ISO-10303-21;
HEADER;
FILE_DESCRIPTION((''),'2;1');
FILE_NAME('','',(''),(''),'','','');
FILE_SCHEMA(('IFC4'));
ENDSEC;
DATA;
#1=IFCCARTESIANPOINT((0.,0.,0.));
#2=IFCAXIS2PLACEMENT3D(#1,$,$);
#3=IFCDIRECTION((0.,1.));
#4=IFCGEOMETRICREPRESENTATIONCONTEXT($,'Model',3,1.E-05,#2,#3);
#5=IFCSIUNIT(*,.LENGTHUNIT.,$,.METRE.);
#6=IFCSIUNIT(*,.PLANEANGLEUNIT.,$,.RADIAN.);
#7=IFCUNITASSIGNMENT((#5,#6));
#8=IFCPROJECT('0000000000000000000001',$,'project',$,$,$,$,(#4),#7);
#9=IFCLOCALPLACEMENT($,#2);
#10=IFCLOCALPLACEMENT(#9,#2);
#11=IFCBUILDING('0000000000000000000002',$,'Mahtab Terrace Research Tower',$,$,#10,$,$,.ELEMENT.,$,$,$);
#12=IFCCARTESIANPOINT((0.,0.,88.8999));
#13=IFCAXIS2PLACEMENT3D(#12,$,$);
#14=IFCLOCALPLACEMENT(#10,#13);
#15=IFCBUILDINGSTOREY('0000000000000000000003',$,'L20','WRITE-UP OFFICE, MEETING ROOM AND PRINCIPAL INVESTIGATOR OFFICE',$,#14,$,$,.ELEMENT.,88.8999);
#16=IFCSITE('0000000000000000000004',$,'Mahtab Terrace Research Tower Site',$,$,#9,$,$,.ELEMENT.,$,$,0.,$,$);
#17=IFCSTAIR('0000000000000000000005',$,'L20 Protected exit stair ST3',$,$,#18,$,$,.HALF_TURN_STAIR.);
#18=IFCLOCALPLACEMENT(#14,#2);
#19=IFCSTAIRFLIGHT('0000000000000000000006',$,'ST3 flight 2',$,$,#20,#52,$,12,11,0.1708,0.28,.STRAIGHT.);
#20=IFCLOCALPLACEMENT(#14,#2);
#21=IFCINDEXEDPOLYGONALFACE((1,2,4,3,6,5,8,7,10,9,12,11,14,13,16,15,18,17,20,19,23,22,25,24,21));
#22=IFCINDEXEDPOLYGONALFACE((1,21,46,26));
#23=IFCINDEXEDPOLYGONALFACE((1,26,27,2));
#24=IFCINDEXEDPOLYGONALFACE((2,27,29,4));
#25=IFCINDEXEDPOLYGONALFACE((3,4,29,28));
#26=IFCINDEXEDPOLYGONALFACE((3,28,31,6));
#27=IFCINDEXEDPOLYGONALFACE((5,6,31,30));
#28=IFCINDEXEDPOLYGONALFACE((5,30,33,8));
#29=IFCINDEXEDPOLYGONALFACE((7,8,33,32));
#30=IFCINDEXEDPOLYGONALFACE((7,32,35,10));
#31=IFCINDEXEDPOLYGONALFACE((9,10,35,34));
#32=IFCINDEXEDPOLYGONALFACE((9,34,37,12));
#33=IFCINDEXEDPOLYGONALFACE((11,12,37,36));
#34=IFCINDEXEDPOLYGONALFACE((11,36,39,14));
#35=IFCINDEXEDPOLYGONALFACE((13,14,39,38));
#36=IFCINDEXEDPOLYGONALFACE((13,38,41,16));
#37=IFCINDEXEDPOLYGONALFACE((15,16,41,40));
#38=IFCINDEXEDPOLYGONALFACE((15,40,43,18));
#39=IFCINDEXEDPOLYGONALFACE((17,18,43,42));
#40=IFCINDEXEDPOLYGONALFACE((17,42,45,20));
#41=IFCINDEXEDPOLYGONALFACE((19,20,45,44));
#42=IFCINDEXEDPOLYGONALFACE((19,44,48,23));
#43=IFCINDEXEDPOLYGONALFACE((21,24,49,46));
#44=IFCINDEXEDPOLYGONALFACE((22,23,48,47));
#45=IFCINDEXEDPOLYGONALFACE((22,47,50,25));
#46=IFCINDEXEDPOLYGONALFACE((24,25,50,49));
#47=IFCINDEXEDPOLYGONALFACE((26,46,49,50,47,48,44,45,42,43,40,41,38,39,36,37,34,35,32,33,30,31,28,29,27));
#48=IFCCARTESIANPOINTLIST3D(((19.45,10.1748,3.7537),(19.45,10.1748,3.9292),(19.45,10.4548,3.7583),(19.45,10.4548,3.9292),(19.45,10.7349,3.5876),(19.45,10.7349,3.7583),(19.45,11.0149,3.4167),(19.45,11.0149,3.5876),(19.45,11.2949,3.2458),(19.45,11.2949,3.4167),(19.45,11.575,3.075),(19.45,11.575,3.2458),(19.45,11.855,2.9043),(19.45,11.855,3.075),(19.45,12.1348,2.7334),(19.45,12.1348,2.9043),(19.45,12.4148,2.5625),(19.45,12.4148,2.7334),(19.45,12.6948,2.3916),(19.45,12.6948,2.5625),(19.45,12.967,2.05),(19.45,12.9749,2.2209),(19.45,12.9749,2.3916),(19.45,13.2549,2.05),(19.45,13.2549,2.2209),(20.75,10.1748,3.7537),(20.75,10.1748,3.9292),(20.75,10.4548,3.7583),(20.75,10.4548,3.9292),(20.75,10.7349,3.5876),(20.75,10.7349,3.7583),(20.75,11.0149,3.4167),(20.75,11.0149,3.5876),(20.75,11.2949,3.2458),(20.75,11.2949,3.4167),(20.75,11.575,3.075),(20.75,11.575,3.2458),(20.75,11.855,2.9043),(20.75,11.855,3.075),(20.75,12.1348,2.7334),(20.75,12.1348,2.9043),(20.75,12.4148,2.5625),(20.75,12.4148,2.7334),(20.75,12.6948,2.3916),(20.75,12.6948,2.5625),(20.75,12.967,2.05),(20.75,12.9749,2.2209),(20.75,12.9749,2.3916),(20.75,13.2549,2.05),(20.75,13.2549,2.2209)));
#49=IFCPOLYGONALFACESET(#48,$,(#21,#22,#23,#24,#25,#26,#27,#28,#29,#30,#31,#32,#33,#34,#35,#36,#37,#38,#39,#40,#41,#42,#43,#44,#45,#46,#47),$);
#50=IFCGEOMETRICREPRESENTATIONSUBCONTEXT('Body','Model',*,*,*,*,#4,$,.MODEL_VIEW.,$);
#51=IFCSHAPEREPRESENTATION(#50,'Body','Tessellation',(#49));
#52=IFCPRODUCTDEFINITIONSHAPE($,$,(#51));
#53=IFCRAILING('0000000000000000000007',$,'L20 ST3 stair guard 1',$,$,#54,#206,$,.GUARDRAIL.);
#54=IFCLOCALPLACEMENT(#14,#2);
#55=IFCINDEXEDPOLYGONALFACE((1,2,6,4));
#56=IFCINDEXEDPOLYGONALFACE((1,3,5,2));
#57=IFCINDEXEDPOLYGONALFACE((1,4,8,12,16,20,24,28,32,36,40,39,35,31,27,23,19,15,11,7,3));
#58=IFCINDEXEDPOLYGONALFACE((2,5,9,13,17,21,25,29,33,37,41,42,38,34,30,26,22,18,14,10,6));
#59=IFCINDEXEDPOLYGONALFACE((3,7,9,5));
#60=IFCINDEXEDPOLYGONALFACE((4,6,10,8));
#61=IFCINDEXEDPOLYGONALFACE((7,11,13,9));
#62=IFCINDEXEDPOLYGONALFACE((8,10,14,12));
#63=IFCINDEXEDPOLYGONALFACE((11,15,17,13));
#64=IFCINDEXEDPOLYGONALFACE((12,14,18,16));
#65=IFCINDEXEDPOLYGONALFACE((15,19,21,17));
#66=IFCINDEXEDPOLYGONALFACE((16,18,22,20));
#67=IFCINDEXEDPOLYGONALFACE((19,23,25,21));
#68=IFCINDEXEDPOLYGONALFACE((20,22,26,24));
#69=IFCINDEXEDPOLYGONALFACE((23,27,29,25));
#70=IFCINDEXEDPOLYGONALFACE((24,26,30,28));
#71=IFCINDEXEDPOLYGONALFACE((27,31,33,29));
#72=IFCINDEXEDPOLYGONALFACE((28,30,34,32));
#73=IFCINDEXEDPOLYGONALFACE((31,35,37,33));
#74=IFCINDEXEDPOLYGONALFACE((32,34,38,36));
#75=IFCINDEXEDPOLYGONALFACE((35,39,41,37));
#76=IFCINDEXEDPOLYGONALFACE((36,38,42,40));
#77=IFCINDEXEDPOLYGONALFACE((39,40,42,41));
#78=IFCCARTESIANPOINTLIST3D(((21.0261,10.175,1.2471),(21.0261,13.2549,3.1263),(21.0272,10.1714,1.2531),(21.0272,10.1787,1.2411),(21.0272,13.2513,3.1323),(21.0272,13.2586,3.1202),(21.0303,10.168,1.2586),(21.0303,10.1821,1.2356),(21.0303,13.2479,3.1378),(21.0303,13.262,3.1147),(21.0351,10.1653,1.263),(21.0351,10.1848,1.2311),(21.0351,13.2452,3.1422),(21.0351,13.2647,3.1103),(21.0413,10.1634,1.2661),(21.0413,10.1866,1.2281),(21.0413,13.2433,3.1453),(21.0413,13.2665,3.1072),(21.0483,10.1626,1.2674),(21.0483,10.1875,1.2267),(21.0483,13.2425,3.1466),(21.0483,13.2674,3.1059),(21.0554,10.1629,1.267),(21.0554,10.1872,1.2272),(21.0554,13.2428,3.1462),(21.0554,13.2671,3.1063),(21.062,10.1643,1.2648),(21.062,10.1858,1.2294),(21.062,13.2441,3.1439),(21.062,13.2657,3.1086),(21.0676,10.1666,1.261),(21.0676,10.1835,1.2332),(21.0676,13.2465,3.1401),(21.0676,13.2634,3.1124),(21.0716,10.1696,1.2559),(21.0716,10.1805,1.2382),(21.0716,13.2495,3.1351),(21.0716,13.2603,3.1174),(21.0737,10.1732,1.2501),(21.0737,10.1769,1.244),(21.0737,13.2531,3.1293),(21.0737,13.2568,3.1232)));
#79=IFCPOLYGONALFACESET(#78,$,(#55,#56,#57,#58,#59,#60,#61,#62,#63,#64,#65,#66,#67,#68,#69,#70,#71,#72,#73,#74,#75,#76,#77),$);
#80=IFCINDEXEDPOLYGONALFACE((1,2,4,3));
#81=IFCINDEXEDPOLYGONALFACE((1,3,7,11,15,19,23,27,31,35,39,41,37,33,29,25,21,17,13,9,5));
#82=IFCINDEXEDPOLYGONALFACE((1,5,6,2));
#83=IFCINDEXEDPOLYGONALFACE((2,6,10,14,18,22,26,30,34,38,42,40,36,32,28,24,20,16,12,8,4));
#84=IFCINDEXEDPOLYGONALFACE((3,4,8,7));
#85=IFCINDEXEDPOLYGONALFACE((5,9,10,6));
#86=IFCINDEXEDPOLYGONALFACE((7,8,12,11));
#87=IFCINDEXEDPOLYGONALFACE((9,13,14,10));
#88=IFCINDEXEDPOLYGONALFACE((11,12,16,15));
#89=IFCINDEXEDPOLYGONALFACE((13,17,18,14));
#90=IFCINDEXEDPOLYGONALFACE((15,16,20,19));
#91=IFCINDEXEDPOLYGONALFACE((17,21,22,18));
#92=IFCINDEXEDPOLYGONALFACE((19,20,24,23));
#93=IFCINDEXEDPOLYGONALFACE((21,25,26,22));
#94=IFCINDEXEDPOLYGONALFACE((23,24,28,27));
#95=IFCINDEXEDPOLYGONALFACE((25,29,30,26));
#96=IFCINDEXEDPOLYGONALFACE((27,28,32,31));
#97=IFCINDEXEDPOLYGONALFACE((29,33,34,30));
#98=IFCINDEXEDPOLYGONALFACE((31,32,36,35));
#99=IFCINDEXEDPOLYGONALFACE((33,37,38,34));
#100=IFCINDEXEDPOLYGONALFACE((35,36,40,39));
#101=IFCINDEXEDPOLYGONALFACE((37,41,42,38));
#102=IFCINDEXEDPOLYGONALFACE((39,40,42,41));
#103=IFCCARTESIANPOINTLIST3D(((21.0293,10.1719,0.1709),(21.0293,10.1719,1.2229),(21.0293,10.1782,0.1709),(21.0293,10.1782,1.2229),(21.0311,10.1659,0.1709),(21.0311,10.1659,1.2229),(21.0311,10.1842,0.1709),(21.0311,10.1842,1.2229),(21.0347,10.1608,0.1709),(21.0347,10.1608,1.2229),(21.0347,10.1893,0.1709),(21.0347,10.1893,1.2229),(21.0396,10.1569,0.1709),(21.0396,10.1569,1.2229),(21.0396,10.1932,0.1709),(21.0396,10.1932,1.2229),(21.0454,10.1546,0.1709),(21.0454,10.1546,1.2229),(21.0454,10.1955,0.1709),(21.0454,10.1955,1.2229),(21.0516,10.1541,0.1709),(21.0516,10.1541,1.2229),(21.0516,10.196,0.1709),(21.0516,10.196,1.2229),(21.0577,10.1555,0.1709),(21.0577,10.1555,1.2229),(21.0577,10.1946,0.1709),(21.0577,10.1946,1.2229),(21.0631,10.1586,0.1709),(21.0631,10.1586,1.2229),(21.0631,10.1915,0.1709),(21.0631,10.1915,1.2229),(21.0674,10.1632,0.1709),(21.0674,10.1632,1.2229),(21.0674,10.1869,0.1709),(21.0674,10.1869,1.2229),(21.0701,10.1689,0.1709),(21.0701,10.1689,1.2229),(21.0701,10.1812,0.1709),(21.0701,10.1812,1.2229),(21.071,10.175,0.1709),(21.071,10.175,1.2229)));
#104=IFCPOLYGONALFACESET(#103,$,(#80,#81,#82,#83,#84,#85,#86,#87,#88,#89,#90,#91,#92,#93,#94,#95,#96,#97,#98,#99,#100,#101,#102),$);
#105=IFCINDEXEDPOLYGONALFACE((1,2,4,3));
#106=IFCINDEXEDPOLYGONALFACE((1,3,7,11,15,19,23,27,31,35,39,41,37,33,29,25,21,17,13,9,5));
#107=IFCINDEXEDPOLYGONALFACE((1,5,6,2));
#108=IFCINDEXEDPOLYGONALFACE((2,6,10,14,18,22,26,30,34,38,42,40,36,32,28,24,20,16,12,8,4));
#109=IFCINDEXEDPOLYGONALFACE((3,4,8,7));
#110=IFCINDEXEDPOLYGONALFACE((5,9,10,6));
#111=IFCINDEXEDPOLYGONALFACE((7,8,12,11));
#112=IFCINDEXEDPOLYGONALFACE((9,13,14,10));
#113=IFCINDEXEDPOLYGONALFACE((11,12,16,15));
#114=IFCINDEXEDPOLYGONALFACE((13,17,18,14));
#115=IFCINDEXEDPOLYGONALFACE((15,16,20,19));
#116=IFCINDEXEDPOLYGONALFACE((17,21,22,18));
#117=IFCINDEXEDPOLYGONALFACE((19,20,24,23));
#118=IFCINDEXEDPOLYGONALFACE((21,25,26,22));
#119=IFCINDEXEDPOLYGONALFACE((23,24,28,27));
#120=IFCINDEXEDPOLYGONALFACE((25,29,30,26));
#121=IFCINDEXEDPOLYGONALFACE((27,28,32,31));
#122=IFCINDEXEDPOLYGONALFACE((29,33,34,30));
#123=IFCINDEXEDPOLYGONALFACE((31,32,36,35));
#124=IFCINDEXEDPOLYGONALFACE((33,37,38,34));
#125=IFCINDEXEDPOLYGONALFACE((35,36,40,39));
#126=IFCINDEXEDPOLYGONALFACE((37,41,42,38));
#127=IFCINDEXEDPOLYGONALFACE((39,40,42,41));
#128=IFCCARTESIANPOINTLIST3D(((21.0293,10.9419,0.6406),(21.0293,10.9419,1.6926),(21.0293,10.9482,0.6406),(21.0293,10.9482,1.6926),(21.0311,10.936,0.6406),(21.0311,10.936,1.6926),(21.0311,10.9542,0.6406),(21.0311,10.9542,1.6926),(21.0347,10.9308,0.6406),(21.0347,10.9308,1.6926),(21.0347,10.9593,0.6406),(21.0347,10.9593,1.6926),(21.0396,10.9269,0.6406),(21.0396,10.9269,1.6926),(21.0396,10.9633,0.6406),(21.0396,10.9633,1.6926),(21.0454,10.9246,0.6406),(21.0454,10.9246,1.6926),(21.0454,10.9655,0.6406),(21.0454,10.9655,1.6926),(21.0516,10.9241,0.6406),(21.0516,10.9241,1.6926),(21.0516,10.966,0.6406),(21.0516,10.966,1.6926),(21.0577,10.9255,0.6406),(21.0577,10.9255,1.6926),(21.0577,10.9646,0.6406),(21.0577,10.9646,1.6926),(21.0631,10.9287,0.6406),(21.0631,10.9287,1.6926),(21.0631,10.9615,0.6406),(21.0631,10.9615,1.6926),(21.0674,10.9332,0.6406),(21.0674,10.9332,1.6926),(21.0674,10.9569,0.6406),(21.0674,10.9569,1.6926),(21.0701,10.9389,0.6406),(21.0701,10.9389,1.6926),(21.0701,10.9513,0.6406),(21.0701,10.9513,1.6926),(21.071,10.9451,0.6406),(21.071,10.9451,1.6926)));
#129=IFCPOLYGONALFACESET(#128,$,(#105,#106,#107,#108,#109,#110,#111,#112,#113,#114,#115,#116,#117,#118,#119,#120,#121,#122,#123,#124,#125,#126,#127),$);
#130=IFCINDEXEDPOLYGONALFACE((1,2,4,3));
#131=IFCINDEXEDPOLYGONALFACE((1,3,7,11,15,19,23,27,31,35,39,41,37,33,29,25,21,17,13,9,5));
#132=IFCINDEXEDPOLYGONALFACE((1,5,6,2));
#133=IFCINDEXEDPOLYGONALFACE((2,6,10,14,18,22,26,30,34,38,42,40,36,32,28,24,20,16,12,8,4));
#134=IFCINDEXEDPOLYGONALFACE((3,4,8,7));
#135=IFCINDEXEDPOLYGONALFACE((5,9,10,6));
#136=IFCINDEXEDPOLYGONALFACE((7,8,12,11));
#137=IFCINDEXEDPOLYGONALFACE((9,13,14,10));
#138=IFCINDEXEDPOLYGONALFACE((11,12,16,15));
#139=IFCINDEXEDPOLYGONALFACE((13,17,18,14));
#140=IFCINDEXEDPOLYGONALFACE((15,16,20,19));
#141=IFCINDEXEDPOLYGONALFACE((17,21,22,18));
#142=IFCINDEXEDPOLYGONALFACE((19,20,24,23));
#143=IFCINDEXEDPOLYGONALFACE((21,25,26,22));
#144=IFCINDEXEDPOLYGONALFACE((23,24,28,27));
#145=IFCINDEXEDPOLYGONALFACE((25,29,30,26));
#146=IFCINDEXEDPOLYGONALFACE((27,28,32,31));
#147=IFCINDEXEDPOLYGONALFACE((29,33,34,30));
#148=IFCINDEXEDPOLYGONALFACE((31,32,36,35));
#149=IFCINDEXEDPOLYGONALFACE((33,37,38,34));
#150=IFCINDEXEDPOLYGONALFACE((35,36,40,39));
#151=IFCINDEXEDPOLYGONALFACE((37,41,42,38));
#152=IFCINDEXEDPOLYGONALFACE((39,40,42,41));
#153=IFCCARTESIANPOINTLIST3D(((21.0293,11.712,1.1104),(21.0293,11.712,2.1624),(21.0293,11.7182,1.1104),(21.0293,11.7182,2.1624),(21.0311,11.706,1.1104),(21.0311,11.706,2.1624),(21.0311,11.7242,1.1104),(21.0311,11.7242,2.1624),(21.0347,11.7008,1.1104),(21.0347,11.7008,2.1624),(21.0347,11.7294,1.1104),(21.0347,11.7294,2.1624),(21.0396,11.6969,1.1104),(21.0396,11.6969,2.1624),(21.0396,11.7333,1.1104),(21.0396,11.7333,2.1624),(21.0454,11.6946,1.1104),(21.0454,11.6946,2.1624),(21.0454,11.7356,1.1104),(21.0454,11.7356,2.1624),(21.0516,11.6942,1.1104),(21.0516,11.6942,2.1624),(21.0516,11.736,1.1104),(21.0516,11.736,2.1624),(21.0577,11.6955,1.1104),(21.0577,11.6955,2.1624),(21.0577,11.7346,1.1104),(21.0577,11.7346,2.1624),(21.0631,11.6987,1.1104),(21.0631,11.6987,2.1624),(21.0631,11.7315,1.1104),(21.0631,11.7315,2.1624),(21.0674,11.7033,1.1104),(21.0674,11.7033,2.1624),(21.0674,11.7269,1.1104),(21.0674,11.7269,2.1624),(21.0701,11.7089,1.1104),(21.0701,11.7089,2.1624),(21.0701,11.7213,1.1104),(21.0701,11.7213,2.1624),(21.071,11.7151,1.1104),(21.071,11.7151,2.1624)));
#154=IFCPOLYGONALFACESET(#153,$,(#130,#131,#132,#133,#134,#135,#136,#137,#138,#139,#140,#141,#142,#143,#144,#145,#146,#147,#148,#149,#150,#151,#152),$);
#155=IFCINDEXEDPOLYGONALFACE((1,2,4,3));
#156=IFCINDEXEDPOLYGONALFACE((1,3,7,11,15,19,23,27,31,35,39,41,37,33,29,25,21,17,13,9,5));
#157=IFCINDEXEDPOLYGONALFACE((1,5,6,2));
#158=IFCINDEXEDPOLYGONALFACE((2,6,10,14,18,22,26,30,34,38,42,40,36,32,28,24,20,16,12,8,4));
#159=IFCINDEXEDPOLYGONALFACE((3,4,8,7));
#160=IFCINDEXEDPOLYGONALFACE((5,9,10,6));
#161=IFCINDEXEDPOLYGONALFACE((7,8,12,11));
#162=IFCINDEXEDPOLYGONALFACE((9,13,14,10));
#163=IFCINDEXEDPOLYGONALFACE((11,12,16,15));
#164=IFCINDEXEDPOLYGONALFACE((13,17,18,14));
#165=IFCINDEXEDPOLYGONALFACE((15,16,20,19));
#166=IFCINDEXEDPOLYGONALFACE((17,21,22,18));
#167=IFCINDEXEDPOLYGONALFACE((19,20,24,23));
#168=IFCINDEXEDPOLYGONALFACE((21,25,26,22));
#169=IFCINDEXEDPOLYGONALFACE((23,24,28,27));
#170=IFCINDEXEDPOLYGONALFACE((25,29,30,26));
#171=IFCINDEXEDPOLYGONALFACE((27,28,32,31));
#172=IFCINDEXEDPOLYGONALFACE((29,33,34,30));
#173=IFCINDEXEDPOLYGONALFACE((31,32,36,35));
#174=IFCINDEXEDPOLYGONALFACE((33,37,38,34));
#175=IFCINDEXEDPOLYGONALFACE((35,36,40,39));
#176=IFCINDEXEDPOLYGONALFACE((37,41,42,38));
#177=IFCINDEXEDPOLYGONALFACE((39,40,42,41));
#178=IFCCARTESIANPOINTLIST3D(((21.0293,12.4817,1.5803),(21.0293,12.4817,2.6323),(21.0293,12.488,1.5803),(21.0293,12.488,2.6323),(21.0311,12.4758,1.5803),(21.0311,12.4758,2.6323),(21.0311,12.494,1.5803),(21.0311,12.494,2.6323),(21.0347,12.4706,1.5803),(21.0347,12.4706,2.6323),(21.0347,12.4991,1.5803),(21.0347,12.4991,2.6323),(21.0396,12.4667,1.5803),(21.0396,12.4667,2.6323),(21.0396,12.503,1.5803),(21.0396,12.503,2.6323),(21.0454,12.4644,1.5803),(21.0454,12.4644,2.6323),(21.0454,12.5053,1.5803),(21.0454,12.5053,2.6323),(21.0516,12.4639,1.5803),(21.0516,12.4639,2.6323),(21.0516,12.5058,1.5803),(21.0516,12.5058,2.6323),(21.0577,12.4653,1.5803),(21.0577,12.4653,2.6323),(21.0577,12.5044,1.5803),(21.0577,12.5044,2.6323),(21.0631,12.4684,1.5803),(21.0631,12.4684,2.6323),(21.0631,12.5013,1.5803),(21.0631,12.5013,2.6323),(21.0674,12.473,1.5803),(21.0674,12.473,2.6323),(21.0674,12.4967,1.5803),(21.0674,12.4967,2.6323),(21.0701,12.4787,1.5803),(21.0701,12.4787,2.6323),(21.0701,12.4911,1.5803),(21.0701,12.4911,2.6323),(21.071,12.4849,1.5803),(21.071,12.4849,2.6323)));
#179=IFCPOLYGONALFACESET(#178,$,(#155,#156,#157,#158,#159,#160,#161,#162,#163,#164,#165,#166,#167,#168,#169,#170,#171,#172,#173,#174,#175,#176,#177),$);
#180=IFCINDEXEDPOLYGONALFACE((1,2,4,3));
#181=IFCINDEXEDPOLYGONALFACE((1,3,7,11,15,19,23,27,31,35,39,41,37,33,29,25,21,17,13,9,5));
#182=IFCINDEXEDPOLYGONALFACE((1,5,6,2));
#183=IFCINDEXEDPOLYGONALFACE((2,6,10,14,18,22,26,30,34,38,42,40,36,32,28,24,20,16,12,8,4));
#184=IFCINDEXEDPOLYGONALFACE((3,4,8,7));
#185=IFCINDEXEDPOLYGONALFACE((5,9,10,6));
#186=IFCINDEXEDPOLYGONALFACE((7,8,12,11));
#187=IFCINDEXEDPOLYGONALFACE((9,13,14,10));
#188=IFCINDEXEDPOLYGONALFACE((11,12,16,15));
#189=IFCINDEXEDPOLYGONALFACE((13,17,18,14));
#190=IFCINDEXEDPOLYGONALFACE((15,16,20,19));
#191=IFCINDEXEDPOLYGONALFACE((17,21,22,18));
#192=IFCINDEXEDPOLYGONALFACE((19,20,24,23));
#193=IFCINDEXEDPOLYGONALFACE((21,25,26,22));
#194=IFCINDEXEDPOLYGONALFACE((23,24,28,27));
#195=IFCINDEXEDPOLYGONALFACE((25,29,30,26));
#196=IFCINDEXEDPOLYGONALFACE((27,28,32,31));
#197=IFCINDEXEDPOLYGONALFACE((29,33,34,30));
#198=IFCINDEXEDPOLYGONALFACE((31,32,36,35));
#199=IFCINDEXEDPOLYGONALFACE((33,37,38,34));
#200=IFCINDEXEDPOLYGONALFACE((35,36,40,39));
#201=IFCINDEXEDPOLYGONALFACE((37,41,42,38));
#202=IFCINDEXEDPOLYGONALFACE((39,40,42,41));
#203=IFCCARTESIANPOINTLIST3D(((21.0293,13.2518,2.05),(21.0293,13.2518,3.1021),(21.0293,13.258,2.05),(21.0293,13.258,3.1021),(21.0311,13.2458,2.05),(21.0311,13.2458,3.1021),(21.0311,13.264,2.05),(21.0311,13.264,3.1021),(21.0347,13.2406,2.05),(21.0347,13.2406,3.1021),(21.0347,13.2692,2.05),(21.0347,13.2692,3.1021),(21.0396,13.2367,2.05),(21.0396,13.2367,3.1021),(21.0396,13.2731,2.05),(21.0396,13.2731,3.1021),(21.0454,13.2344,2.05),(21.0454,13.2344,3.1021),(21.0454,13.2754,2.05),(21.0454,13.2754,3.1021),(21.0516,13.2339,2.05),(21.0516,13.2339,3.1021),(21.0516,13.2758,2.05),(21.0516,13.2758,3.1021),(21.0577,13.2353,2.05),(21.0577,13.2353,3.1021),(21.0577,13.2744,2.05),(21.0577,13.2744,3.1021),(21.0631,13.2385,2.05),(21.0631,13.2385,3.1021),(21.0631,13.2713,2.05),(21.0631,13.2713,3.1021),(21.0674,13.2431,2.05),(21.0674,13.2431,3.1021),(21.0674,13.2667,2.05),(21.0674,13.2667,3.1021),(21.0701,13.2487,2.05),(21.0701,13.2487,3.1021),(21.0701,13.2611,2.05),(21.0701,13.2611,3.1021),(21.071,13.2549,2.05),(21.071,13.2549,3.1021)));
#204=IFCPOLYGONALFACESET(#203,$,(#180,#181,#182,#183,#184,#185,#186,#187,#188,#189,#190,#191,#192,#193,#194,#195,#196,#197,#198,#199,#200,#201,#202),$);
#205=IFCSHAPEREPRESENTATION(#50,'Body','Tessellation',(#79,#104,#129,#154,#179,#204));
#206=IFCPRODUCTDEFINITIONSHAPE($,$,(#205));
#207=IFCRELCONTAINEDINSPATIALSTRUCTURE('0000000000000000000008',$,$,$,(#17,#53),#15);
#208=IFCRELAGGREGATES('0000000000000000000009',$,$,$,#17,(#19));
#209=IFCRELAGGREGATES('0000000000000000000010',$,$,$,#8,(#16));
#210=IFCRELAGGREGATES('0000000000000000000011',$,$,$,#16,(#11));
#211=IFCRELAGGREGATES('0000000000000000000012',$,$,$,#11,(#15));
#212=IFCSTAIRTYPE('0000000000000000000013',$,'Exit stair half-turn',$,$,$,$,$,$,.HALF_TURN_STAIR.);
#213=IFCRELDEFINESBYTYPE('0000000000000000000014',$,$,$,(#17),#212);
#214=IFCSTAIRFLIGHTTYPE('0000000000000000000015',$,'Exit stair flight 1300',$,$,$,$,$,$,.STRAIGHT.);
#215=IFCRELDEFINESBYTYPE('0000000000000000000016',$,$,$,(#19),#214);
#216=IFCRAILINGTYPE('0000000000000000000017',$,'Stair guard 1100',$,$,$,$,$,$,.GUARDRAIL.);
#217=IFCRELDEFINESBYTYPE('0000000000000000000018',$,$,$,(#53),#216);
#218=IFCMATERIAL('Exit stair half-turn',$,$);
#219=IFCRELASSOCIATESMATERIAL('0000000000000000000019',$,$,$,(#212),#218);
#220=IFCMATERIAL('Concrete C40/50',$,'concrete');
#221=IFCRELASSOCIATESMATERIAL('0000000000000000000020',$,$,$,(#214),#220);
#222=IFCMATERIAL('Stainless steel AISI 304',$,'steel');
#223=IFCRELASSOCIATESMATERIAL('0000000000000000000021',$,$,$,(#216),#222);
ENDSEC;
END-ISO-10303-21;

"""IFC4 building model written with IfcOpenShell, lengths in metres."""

from ifc_helpers import new_model, si_unit, direction, frame, origin, origin_2d, place, context, subcontext, project, spatial, polyline, circle, outline, extrude, material, type_object, element, aggregate, save


model = new_model("IFC4")

# Units and contexts
model_context = context("Model", 3, precision=1e-05, world=origin(), true_north=direction((0.0, 1.0)))
body_context = subcontext(model_context, "Body", "Model", "MODEL_VIEW")
ifc_project = project(units=[si_unit("LENGTHUNIT", "METRE"), si_unit("PLANEANGLEUNIT", "RADIAN")], contexts=[model_context])

# Site, building, storey
site_placement = place(None, origin())
site = spatial("IfcSite", under=ifc_project, at=site_placement, Name="Mahtab Terrace Research Tower Site", CompositionType="ELEMENT", RefElevation=0.0)
building_placement = place(site_placement, origin())
building = spatial("IfcBuilding", under=site, at=building_placement, Name="Mahtab Terrace Research Tower", CompositionType="ELEMENT")
storey_placement = place(building_placement, frame((0.0, 0.0, 88.8999)))
storey = spatial("IfcBuildingStorey", under=building, at=storey_placement, Name="L20", Description="WRITE-UP OFFICE, MEETING ROOM AND PRINCIPAL INVESTIGATOR OFFICE", CompositionType="ELEMENT", Elevation=88.8999)

# Shared definitions
ifc_material_1 = material(Name="Stainless steel AISI 304", Category="steel")

# Stair, stair flight
ifc_material_2 = material(Name="Exit stair half-turn")
stair_type = type_object("IfcStairType", Name="Exit stair half-turn", PredefinedType="HALF_TURN_STAIR", material=ifc_material_2)
stair_placement = place(storey_placement, origin())
stair = element("IfcStair", 1, at=stair_placement, inside=storey, type_object=stair_type, Name="L20 Protected exit stair ST3", PredefinedType="HALF_TURN_STAIR")
ifc_material_3 = material(Name="Concrete C40/50", Category="concrete")
stair_flight_type = type_object("IfcStairFlightType", Name="Exit stair flight 1300", PredefinedType="STRAIGHT", material=ifc_material_3)
stair_flight_1_placement = place(storey_placement, frame((20.1001, 13.2549, 2.05), z_axis=(0.0, 0.0, 1.0), x_axis=(0.0, -1.0, 0.0)))
stair_flight_1 = element("IfcStairFlight", 2, at=stair_flight_1_placement, type_object=stair_flight_type, Name="ST3 flight 2", NumberOfRisers=12, NumberOfTreads=11, PredefinedType="STRAIGHT", RiserHeight=0.1708, TreadLength=0.28, context=body_context, shape_type="SweptSolid", body=[
    extrude(outline(polyline([(0.0, 0.0), (0.0, 0.1709), (0.28, 0.1709), (0.28, 0.3416), (0.5601, 0.3416), (0.5601, 0.5125), (0.8401, 0.5125), (0.8401, 0.6833), (1.1201, 0.6833), (1.1201, 0.8542), (1.3999, 0.8542), (1.3999, 1.0249), (1.6799, 1.0249), (1.6799, 1.1958), (1.96, 1.1958), (1.96, 1.3667), (2.24, 1.3667), (2.24, 1.5376), (2.52, 1.5376), (2.52, 1.7083), (2.8, 1.7083), (2.8, 1.8792), (3.0801, 1.8792), (3.0801, 2.05), (3.0801, 1.7036), (0.2878, 0.0), (0.0, 0.0)])), frame((0.0, 0.6499, 0.0), z_axis=(0.0, -1.0, 0.0), x_axis=(1.0, 0.0, 0.0)), (0.0, 0.0, 1.0), 1.3),
])
aggregate(stair, [stair_flight_1])

# Railing
railing_type_1 = type_object("IfcRailingType", Name="Stair guard 1100", PredefinedType="GUARDRAIL", material=ifc_material_1)
railing_1_placement = place(storey_placement, frame((21.05, 10.175, 0.1709)))
element("IfcRailing", 3, at=railing_1_placement, inside=storey, type_object=railing_type_1, Name="L20 ST3 stair guard 1", PredefinedType="GUARDRAIL", context=body_context, shape_type="SweptSolid", body=[
    extrude(circle(Radius=0.0239, at=origin_2d()), frame((0.0, 0.0, 1.0762), z_axis=(0.0, 0.853648, 0.52085), x_axis=(-1.0, 0.0, 0.0)), (0.0, 0.0, 1.0), 3.6079),
    extrude(circle(Radius=0.021, at=origin_2d()), origin(), (0.0, 0.0, 1.0), 1.052),
    extrude(circle(Radius=0.021, at=origin_2d()), frame((0.0, 0.77, 0.4697)), (0.0, 0.0, 1.0), 1.052),
    extrude(circle(Radius=0.021, at=origin_2d()), frame((0.0, 1.54, 0.9395)), (0.0, 0.0, 1.0), 1.052),
    extrude(circle(Radius=0.021, at=origin_2d()), frame((0.0, 2.3098, 1.4094)), (0.0, 0.0, 1.0), 1.052),
    extrude(circle(Radius=0.021, at=origin_2d()), frame((0.0, 3.0798, 1.8792)), (0.0, 0.0, 1.0), 1.052),
])

save(model, "model.ifc")
